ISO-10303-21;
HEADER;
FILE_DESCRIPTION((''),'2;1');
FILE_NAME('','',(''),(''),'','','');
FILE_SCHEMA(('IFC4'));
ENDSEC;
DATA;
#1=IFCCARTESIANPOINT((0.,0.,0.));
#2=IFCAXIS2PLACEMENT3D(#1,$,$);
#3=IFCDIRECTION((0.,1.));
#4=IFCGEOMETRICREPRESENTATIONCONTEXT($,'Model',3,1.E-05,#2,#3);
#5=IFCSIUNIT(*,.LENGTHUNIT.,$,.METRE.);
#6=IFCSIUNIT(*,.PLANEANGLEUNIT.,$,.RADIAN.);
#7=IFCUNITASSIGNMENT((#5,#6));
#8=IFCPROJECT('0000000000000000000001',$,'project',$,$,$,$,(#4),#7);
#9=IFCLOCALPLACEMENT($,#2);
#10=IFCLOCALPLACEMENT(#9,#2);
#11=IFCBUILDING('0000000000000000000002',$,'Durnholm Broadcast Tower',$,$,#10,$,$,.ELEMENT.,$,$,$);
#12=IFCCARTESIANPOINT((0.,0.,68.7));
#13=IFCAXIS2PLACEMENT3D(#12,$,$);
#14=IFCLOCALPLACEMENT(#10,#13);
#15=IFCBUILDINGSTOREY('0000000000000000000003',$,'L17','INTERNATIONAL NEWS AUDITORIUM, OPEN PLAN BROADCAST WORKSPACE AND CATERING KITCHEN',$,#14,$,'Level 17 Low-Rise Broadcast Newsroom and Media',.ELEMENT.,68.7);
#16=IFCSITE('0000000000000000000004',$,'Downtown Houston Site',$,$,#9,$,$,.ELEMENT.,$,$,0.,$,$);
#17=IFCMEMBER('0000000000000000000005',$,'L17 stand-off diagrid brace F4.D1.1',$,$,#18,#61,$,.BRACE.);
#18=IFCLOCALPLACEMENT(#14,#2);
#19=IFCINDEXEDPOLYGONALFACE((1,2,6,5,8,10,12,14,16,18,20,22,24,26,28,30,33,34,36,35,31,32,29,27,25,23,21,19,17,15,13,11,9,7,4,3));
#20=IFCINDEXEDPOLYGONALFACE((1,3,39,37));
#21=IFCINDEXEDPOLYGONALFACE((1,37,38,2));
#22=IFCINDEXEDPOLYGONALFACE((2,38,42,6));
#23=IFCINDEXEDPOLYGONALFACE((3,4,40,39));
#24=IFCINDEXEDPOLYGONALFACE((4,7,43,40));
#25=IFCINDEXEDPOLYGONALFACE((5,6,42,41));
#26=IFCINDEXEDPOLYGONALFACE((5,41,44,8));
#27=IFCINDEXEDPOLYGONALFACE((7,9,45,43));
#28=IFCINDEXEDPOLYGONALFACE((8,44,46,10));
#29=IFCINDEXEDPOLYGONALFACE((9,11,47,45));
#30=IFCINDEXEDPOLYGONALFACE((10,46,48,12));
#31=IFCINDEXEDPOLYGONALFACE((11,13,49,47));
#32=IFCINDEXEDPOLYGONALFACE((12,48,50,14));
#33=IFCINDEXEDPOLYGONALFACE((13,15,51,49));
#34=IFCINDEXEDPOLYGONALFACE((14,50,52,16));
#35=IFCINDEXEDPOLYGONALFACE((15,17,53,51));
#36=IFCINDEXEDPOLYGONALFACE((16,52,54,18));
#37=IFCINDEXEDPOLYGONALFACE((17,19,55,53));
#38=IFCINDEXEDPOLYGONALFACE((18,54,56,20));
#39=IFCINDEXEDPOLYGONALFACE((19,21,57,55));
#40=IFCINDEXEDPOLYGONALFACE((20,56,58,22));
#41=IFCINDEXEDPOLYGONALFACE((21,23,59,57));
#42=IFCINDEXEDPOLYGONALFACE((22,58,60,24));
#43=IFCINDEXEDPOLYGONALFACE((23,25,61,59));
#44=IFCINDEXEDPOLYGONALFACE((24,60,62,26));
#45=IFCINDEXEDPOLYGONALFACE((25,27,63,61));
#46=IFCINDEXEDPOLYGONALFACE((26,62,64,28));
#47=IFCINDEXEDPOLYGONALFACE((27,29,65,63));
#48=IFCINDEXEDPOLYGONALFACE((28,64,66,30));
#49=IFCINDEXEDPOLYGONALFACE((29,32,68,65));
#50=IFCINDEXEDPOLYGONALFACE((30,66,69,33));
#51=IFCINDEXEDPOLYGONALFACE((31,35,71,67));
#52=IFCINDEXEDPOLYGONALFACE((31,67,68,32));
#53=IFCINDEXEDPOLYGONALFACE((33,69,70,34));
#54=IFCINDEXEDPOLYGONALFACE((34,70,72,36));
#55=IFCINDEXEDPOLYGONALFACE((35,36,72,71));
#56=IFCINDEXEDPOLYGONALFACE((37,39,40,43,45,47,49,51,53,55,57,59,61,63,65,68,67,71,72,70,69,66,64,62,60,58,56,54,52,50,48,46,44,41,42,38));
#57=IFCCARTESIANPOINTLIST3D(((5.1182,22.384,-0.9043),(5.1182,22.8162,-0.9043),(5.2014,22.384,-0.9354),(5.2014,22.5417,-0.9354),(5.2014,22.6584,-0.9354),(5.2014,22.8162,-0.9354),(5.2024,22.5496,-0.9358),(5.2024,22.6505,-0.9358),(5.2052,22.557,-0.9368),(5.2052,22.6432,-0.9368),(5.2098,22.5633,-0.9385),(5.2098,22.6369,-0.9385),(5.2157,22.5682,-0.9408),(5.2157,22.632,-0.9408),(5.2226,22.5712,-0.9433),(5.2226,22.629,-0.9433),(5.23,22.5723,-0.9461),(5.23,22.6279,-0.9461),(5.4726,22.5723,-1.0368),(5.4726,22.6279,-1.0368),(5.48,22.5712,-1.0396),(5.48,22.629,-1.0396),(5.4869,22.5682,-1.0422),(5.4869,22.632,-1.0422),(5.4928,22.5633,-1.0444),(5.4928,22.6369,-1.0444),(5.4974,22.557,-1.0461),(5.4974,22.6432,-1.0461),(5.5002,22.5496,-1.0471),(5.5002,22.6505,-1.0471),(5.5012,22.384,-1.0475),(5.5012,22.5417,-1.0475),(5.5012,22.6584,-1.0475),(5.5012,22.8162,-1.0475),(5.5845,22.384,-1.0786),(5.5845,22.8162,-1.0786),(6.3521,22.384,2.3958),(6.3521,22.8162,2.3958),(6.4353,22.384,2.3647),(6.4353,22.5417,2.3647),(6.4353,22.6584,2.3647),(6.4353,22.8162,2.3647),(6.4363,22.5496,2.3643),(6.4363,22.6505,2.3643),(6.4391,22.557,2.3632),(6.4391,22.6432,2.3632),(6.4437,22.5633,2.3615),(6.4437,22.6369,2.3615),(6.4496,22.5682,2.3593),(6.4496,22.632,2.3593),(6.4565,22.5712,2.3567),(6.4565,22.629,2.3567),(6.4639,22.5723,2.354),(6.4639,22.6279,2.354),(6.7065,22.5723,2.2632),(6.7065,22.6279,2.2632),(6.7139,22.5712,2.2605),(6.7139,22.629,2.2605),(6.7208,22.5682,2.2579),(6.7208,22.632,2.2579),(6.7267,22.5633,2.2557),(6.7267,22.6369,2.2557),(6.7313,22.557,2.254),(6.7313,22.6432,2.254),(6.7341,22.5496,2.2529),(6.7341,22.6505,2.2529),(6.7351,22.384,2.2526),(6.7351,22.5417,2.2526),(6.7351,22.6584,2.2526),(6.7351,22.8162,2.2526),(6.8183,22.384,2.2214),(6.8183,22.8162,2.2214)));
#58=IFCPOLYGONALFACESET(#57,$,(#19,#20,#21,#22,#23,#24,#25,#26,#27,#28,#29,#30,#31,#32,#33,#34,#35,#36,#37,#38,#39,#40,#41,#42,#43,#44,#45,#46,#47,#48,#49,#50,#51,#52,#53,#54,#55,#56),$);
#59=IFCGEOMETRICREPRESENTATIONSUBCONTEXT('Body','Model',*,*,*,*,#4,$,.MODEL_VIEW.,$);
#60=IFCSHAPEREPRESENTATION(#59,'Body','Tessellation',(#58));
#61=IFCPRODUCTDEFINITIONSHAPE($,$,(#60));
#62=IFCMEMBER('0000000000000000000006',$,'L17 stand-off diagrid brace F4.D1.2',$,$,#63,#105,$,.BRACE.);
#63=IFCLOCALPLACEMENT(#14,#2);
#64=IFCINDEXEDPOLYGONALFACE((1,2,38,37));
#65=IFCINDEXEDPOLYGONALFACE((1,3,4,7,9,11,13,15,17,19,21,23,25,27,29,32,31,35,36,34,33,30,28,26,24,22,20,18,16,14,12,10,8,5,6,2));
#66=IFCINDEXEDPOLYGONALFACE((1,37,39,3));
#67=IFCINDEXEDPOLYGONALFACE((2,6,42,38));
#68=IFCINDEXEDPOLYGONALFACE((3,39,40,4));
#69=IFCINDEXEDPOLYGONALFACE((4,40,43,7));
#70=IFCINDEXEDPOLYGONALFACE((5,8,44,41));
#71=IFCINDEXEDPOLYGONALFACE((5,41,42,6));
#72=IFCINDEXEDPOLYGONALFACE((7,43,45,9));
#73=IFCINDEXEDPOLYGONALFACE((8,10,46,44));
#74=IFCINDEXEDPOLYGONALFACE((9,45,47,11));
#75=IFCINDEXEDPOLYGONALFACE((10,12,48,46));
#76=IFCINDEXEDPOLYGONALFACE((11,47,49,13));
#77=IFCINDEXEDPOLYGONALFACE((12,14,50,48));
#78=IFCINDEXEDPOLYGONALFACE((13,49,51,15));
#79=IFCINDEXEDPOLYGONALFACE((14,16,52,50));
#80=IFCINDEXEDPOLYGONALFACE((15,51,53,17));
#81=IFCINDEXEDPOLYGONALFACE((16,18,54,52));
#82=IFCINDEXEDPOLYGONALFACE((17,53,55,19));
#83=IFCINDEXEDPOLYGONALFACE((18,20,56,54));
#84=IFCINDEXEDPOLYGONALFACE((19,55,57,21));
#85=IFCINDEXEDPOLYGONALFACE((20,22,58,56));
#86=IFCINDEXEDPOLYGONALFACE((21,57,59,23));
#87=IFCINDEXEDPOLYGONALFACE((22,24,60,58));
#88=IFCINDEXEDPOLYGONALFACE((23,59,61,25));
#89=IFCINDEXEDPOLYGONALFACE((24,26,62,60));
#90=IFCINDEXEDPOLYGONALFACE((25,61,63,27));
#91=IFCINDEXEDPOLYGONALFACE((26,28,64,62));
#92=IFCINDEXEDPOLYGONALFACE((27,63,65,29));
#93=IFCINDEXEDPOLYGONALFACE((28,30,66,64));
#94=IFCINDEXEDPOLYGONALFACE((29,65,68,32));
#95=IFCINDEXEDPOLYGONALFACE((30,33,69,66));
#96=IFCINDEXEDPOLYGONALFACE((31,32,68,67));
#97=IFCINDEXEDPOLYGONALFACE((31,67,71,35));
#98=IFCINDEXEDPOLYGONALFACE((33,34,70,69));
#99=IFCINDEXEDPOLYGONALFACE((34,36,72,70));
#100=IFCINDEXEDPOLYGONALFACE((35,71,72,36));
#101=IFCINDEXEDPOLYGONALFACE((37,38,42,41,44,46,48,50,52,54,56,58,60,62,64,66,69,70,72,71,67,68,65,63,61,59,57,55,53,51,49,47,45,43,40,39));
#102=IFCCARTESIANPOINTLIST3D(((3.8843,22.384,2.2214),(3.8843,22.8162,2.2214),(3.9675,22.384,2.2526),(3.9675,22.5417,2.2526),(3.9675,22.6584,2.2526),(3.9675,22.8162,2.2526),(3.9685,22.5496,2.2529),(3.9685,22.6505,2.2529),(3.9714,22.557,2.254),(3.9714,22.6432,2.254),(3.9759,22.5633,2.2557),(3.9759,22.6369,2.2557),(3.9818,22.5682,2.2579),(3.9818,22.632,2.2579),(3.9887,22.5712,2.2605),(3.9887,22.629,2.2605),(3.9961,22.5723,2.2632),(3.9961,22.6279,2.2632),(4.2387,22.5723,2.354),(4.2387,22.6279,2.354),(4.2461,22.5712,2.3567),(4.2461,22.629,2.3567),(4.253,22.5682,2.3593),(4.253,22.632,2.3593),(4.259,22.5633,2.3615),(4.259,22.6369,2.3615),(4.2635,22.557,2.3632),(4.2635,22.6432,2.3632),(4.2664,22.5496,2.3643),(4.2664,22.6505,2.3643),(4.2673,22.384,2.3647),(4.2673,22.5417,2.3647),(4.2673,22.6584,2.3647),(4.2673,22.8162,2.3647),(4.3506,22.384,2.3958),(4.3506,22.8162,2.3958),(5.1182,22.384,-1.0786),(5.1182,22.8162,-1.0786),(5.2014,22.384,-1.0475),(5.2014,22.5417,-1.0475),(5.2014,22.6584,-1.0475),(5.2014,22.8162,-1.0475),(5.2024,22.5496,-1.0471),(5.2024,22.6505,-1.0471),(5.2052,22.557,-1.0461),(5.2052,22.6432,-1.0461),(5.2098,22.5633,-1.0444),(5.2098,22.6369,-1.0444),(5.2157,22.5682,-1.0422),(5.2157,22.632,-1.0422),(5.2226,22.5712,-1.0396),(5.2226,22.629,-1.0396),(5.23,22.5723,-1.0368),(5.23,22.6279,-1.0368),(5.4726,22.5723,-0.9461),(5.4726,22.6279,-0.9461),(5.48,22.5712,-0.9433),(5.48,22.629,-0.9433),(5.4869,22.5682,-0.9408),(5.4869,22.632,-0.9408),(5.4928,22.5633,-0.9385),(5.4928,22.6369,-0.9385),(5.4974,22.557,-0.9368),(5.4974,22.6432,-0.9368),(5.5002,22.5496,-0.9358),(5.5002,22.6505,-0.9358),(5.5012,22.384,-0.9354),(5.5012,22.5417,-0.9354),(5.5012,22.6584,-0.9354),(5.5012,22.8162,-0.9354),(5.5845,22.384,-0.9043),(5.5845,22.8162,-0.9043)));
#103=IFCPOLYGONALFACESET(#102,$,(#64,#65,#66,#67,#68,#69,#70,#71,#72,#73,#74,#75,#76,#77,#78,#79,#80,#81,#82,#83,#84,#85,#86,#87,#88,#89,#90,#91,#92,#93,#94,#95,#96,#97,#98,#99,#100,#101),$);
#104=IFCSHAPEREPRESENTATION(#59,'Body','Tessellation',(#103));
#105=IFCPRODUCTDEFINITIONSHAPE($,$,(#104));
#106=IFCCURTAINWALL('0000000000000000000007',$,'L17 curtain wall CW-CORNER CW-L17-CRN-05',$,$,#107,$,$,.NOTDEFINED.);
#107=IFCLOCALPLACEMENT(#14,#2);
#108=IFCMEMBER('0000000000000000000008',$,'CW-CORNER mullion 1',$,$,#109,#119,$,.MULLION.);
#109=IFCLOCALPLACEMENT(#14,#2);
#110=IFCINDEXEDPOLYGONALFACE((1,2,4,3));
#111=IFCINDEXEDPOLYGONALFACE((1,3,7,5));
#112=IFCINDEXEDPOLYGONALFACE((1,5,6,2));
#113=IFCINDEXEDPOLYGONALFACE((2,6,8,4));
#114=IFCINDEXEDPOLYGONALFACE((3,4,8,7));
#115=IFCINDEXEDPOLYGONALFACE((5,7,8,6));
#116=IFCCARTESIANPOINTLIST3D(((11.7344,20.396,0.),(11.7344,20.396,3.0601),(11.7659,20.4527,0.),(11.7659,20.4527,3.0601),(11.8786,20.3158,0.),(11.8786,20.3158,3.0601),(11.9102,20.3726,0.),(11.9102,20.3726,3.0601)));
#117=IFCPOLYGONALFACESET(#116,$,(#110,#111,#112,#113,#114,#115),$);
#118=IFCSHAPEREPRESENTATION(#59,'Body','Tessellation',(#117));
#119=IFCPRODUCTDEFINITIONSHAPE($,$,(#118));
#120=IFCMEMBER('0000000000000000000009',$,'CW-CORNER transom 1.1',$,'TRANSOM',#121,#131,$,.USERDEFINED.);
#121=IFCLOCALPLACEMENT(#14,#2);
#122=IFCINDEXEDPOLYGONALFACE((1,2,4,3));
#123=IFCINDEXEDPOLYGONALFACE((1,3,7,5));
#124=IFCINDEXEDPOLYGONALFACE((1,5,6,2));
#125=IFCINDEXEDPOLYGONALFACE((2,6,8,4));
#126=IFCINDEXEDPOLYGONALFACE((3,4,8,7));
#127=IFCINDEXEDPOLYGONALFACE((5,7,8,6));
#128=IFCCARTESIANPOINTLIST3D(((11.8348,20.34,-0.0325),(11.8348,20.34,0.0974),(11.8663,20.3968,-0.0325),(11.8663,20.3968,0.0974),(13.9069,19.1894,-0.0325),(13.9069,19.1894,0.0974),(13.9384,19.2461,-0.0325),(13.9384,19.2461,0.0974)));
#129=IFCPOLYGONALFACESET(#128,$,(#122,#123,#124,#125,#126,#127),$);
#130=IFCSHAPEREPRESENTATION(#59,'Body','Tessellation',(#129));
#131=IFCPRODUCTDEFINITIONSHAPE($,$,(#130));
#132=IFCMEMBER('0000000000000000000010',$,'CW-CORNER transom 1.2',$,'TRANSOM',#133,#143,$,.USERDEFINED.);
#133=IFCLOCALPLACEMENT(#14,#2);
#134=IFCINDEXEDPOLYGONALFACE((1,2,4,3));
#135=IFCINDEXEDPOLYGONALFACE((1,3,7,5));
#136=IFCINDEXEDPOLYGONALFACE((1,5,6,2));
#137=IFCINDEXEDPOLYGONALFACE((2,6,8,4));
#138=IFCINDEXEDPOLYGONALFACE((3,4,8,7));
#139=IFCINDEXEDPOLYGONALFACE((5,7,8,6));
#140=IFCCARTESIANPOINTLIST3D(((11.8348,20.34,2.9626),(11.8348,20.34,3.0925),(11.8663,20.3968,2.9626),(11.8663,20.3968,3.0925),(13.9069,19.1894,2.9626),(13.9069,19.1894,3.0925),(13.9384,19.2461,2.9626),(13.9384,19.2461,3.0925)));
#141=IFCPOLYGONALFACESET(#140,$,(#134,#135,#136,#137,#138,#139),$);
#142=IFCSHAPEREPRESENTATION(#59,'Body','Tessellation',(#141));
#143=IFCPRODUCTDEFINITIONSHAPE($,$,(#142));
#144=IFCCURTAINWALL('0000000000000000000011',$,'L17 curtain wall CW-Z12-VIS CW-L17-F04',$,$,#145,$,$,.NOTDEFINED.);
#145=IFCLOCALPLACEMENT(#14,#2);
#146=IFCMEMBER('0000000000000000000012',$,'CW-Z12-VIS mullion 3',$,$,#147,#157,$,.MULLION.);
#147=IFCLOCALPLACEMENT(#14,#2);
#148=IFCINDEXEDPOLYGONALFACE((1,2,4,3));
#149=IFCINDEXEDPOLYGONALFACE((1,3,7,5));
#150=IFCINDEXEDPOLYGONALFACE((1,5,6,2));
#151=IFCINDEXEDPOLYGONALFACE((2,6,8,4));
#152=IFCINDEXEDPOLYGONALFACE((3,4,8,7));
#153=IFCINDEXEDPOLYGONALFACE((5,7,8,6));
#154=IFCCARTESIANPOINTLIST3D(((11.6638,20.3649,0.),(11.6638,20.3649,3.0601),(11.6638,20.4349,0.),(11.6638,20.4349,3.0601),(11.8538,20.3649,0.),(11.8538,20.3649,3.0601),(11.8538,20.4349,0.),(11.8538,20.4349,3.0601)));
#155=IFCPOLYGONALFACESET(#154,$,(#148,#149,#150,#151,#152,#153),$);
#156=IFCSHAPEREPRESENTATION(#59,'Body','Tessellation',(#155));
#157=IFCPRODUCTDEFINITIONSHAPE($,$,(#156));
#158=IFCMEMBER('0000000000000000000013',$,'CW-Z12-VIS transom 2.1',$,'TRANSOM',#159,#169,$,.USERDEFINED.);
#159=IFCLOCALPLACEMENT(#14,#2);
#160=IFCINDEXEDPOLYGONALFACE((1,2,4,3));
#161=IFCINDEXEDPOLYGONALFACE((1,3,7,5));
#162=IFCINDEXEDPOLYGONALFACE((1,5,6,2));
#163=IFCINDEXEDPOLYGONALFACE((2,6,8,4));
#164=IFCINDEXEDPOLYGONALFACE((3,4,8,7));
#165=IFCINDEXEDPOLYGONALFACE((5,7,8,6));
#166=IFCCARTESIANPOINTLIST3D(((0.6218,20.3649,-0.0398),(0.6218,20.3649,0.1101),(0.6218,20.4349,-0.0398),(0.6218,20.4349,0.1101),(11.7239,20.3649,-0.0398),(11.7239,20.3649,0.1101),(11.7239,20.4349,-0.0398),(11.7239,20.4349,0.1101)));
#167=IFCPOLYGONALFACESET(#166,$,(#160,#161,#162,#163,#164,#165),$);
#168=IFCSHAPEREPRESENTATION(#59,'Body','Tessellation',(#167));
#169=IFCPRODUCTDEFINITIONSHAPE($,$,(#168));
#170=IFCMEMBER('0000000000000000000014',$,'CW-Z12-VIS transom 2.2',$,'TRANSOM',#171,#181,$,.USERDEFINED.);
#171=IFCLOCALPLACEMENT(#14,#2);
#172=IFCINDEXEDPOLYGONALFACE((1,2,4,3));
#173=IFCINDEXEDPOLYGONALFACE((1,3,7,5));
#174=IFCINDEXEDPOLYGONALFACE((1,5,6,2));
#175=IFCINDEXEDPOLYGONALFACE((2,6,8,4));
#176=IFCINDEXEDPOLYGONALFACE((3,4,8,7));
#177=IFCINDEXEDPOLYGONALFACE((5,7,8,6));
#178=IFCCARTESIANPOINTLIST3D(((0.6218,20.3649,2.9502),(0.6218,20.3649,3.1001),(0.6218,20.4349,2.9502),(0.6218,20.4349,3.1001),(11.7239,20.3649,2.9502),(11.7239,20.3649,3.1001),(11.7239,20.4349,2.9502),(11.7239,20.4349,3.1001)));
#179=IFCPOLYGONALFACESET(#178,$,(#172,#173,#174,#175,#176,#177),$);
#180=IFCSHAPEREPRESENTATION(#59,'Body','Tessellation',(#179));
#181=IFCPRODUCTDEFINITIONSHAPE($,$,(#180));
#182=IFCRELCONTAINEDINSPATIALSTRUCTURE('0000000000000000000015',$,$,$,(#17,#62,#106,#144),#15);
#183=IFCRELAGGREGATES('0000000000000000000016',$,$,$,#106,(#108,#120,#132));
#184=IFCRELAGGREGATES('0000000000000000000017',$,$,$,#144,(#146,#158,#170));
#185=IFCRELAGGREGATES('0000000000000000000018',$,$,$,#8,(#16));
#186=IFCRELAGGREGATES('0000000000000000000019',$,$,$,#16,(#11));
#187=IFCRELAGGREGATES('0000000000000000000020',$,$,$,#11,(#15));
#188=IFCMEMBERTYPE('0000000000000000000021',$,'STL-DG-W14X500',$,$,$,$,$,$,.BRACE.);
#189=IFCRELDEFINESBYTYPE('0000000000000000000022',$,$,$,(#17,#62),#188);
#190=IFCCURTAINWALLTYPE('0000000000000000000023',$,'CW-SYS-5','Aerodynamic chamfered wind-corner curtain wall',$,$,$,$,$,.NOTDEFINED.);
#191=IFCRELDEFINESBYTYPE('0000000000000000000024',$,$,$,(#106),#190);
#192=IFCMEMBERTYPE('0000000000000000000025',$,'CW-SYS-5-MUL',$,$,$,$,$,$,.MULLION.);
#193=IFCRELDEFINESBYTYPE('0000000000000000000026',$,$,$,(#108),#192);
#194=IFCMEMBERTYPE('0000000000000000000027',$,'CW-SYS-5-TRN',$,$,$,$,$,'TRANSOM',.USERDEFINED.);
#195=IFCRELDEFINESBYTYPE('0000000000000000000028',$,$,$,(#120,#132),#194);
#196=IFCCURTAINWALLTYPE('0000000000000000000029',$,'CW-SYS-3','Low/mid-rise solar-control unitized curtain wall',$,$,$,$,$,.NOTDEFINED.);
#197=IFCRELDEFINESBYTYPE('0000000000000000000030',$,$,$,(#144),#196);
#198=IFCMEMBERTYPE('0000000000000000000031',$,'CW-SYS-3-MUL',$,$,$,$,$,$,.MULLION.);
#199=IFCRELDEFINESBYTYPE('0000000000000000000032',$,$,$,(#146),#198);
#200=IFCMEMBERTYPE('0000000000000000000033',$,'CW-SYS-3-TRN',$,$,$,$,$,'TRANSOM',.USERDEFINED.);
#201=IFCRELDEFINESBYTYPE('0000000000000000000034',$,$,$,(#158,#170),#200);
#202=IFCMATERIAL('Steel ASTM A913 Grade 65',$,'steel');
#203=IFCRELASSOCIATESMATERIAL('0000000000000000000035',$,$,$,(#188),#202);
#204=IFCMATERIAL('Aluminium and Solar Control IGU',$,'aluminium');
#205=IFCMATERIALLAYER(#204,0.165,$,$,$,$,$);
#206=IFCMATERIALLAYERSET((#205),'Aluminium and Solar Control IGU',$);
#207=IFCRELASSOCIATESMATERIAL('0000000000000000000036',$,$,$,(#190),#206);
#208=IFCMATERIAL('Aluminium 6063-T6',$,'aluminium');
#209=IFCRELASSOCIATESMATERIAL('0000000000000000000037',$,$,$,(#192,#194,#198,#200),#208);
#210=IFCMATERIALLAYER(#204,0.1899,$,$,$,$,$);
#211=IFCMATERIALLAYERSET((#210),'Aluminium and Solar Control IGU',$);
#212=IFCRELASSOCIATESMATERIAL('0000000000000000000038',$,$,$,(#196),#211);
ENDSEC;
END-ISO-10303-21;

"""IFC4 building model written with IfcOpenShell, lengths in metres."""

from ifc_helpers import new_model, si_unit, direction, frame, origin, origin_2d, place, context, subcontext, project, spatial, rectangle, i_section, extrude, source, transform, mapped, material, layer, layer_set, material_profile, profile_set, type_object, type_shapes, element, aggregate, save


model = new_model("IFC4")

# Units and contexts
model_context = context("Model", 3, precision=1e-05, world=origin(), true_north=direction((0.0, 1.0)))
body_context = subcontext(model_context, "Body", "Model", "MODEL_VIEW")
ifc_project = project(units=[si_unit("LENGTHUNIT", "METRE"), si_unit("PLANEANGLEUNIT", "RADIAN")], contexts=[model_context])

# Site, building, storey
site_placement = place(None, origin())
site = spatial("IfcSite", under=ifc_project, at=site_placement, Name="Downtown Houston Site", CompositionType="ELEMENT", RefElevation=0.0)
building_placement = place(site_placement, origin())
building = spatial("IfcBuilding", under=site, at=building_placement, Name="Durnholm Broadcast Tower", CompositionType="ELEMENT")
storey_placement = place(building_placement, frame((0.0, 0.0, 68.7)))
storey = spatial("IfcBuildingStorey", under=building, at=storey_placement, Name="L17", Description="INTERNATIONAL NEWS AUDITORIUM, OPEN PLAN BROADCAST WORKSPACE AND CATERING KITCHEN", LongName="Level 17 Low-Rise Broadcast Newsroom and Media", CompositionType="ELEMENT", Elevation=68.7)

# Members
ifc_material_1 = material(Name="Steel ASTM A913 Grade 65", Category="steel")
ifc_material_profile_1 = material_profile(ifc_material_1, i_section(OverallWidth=0.4321, OverallDepth=0.4978, WebThickness=0.0557, FlangeThickness=0.0889, FilletRadius=0.0305, at=origin_2d()), Name="W14X500")
ifc_profile_set_1 = profile_set([ifc_material_profile_1], Name="Steel ASTM A913 Grade 65")
member_type_1 = type_object("IfcMemberType", Name="STL-DG-W14X500", PredefinedType="BRACE", material=ifc_profile_set_1)
shared_shape_1 = source(origin(), body_context, "Body", "SweptSolid", [
    extrude(i_section(OverallWidth=0.4321, OverallDepth=0.4978, WebThickness=0.0557, FlangeThickness=0.0889, FilletRadius=0.0305, at=origin_2d()), origin(), (0.0, 0.0, 1.0), 3.5232),
])
type_shapes(member_type_1, [shared_shape_1])
for number, where, z_axis, x_axis, name in (
    (1, (5.3513, 22.6001, -0.9915), (0.35022, 0.0, 0.936668), (0.0, 1.0, 0.0), "L17 stand-off diagrid brace F4.D1.1"),
    (2, (5.3513, 22.6001, -0.9915), (-0.35022, 0.0, 0.936668), (0.0, -1.0, 0.0), "L17 stand-off diagrid brace F4.D1.2"),
):
    element("IfcMember", number, at=place(storey_placement, frame(where, z_axis=z_axis, x_axis=x_axis)), inside=storey, type_object=member_type_1, Name=name, PredefinedType="BRACE", context=body_context, shape_type="MappedRepresentation", body=[
        mapped(shared_shape_1, transform((0.0, 0.0, 0.0), x_axis=(1.0, 0.0, 0.0), y_axis=(0.0, 1.0, 0.0), z_axis=(0.0, 0.0, 1.0), scale=1.0)),
    ])

# Curtain wall, members
ifc_material_2 = material(Name="Aluminium and Solar Control IGU", Category="aluminium")
ifc_layer_1 = layer(ifc_material_2, 0.165)
ifc_layer_set_1 = layer_set([ifc_layer_1], Name="Aluminium and Solar Control IGU")
curtain_wall_type_1 = type_object("IfcCurtainWallType", Name="CW-SYS-5", Description="Aerodynamic chamfered wind-corner curtain wall", PredefinedType="NOTDEFINED", material=ifc_layer_set_1)
curtain_wall_1_placement = place(storey_placement, origin())
curtain_wall_1 = element("IfcCurtainWall", 3, at=curtain_wall_1_placement, inside=storey, type_object=curtain_wall_type_1, Name="L17 curtain wall CW-CORNER CW-L17-CRN-05", PredefinedType="NOTDEFINED")
ifc_material_3 = material(Name="Aluminium 6063-T6", Category="aluminium")
ifc_material_profile_2 = material_profile(ifc_material_3, rectangle(XDim=0.0649, YDim=0.165, at=origin_2d()), Name="CWM65X165")
ifc_profile_set_2 = profile_set([ifc_material_profile_2], Name="Aluminium 6063-T6")
member_type_2 = type_object("IfcMemberType", Name="CW-SYS-5-MUL", PredefinedType="MULLION", material=ifc_profile_set_2)
shared_shape_2 = source(origin(), body_context, "Body", "SweptSolid", [
    extrude(rectangle(XDim=0.0649, YDim=0.165, at=origin_2d()), origin(), (0.0, 0.0, 1.0), 3.0601),
])
type_shapes(member_type_2, [shared_shape_2])
member_1_placement = place(storey_placement, frame((11.8223, 20.3843, 0.0), z_axis=(0.0, 0.0, 1.0), x_axis=(0.485483, 0.874246, 0.0)))
member_1 = element("IfcMember", 4, at=member_1_placement, type_object=member_type_2, Name="CW-CORNER mullion 1", PredefinedType="MULLION", context=body_context, shape_type="MappedRepresentation", body=[
    mapped(shared_shape_2, transform((0.0, 0.0, 0.0), x_axis=(1.0, 0.0, 0.0), y_axis=(0.0, 1.0, 0.0), z_axis=(0.0, 0.0, 1.0), scale=1.0)),
])
ifc_material_profile_3 = material_profile(ifc_material_3, rectangle(XDim=0.0649, YDim=0.1299, at=origin_2d()), Name="CWT65X130")
ifc_profile_set_3 = profile_set([ifc_material_profile_3], Name="Aluminium 6063-T6")
member_type_3 = type_object("IfcMemberType", Name="CW-SYS-5-TRN", ElementType="TRANSOM", PredefinedType="USERDEFINED", material=ifc_profile_set_3)
shared_shape_3 = source(origin(), body_context, "Body", "SweptSolid", [
    extrude(rectangle(XDim=0.0649, YDim=0.1299, at=origin_2d()), origin(), (0.0, 0.0, 1.0), 2.3701),
])
type_shapes(member_type_3, [shared_shape_3])
member_2_placement = place(storey_placement, frame((11.8506, 20.3684, 0.0325), z_axis=(0.874245, -0.485485, 0.0), x_axis=(0.485485, 0.874245, 0.0)))
member_2 = element("IfcMember", 5, at=member_2_placement, type_object=member_type_3, Name="CW-CORNER transom 1.1", ObjectType="TRANSOM", PredefinedType="USERDEFINED", context=body_context, shape_type="MappedRepresentation", body=[
    mapped(shared_shape_3, transform((0.0, 0.0, 0.0), x_axis=(1.0, 0.0, 0.0), y_axis=(0.0, 1.0, 0.0), z_axis=(0.0, 0.0, 1.0), scale=1.0)),
])
member_3_placement = place(storey_placement, frame((11.8506, 20.3684, 3.0276), z_axis=(0.874245, -0.485485, 0.0), x_axis=(0.485485, 0.874245, 0.0)))
member_3 = element("IfcMember", 6, at=member_3_placement, type_object=member_type_3, Name="CW-CORNER transom 1.2", ObjectType="TRANSOM", PredefinedType="USERDEFINED", context=body_context, shape_type="MappedRepresentation", body=[
    mapped(shared_shape_3, transform((0.0, 0.0, 0.0), x_axis=(1.0, 0.0, 0.0), y_axis=(0.0, 1.0, 0.0), z_axis=(0.0, 0.0, 1.0), scale=1.0)),
])
aggregate(curtain_wall_1, [member_1, member_2, member_3])

# Curtain wall, members
ifc_layer_2 = layer(ifc_material_2, 0.1899)
ifc_layer_set_2 = layer_set([ifc_layer_2], Name="Aluminium and Solar Control IGU")
curtain_wall_type_2 = type_object("IfcCurtainWallType", Name="CW-SYS-3", Description="Low/mid-rise solar-control unitized curtain wall", PredefinedType="NOTDEFINED", material=ifc_layer_set_2)
curtain_wall_2_placement = place(storey_placement, origin())
curtain_wall_2 = element("IfcCurtainWall", 7, at=curtain_wall_2_placement, inside=storey, type_object=curtain_wall_type_2, Name="L17 curtain wall CW-Z12-VIS CW-L17-F04", PredefinedType="NOTDEFINED")
ifc_material_profile_4 = material_profile(ifc_material_3, rectangle(XDim=0.0701, YDim=0.1899, at=origin_2d()), Name="CWM70X190")
ifc_profile_set_4 = profile_set([ifc_material_profile_4], Name="Aluminium 6063-T6")
member_type_4 = type_object("IfcMemberType", Name="CW-SYS-3-MUL", PredefinedType="MULLION", material=ifc_profile_set_4)
shared_shape_4 = source(origin(), body_context, "Body", "SweptSolid", [
    extrude(rectangle(XDim=0.0701, YDim=0.1899, at=origin_2d()), origin(), (0.0, 0.0, 1.0), 3.0601),
])
type_shapes(member_type_4, [shared_shape_4])
member_4_placement = place(storey_placement, frame((11.7588, 20.3999, 0.0), z_axis=(0.0, 0.0, 1.0), x_axis=(0.0, 1.0, 0.0)))
member_4 = element("IfcMember", 8, at=member_4_placement, type_object=member_type_4, Name="CW-Z12-VIS mullion 3", PredefinedType="MULLION", context=body_context, shape_type="MappedRepresentation", body=[
    mapped(shared_shape_4, transform((0.0, 0.0, 0.0), x_axis=(1.0, 0.0, 0.0), y_axis=(0.0, 1.0, 0.0), z_axis=(0.0, 0.0, 1.0), scale=1.0)),
])
ifc_material_profile_5 = material_profile(ifc_material_3, rectangle(XDim=0.0701, YDim=0.1499, at=origin_2d()), Name="CWT70X150")
ifc_profile_set_5 = profile_set([ifc_material_profile_5], Name="Aluminium 6063-T6")
member_type_5 = type_object("IfcMemberType", Name="CW-SYS-3-TRN", ElementType="TRANSOM", PredefinedType="USERDEFINED", material=ifc_profile_set_5)
shared_shape_5 = source(origin(), body_context, "Body", "SweptSolid", [
    extrude(rectangle(XDim=0.0701, YDim=0.1499, at=origin_2d()), origin(), (0.0, 0.0, 1.0), 11.1021),
])
type_shapes(member_type_5, [shared_shape_5])
member_5_placement = place(storey_placement, frame((0.6218, 20.3999, 0.0352), z_axis=(1.0, 0.0, 0.0), x_axis=(0.0, 1.0, 0.0)))
member_5 = element("IfcMember", 9, at=member_5_placement, type_object=member_type_5, Name="CW-Z12-VIS transom 2.1", ObjectType="TRANSOM", PredefinedType="USERDEFINED", context=body_context, shape_type="MappedRepresentation", body=[
    mapped(shared_shape_5, transform((0.0, 0.0, 0.0), x_axis=(1.0, 0.0, 0.0), y_axis=(0.0, 1.0, 0.0), z_axis=(0.0, 0.0, 1.0), scale=1.0)),
])
member_6_placement = place(storey_placement, frame((0.6218, 20.3999, 3.0251), z_axis=(1.0, 0.0, 0.0), x_axis=(0.0, 1.0, 0.0)))
member_6 = element("IfcMember", 10, at=member_6_placement, type_object=member_type_5, Name="CW-Z12-VIS transom 2.2", ObjectType="TRANSOM", PredefinedType="USERDEFINED", context=body_context, shape_type="MappedRepresentation", body=[
    mapped(shared_shape_5, transform((0.0, 0.0, 0.0), x_axis=(1.0, 0.0, 0.0), y_axis=(0.0, 1.0, 0.0), z_axis=(0.0, 0.0, 1.0), scale=1.0)),
])
aggregate(curtain_wall_2, [member_4, member_5, member_6])

save(model, "model.ifc")
